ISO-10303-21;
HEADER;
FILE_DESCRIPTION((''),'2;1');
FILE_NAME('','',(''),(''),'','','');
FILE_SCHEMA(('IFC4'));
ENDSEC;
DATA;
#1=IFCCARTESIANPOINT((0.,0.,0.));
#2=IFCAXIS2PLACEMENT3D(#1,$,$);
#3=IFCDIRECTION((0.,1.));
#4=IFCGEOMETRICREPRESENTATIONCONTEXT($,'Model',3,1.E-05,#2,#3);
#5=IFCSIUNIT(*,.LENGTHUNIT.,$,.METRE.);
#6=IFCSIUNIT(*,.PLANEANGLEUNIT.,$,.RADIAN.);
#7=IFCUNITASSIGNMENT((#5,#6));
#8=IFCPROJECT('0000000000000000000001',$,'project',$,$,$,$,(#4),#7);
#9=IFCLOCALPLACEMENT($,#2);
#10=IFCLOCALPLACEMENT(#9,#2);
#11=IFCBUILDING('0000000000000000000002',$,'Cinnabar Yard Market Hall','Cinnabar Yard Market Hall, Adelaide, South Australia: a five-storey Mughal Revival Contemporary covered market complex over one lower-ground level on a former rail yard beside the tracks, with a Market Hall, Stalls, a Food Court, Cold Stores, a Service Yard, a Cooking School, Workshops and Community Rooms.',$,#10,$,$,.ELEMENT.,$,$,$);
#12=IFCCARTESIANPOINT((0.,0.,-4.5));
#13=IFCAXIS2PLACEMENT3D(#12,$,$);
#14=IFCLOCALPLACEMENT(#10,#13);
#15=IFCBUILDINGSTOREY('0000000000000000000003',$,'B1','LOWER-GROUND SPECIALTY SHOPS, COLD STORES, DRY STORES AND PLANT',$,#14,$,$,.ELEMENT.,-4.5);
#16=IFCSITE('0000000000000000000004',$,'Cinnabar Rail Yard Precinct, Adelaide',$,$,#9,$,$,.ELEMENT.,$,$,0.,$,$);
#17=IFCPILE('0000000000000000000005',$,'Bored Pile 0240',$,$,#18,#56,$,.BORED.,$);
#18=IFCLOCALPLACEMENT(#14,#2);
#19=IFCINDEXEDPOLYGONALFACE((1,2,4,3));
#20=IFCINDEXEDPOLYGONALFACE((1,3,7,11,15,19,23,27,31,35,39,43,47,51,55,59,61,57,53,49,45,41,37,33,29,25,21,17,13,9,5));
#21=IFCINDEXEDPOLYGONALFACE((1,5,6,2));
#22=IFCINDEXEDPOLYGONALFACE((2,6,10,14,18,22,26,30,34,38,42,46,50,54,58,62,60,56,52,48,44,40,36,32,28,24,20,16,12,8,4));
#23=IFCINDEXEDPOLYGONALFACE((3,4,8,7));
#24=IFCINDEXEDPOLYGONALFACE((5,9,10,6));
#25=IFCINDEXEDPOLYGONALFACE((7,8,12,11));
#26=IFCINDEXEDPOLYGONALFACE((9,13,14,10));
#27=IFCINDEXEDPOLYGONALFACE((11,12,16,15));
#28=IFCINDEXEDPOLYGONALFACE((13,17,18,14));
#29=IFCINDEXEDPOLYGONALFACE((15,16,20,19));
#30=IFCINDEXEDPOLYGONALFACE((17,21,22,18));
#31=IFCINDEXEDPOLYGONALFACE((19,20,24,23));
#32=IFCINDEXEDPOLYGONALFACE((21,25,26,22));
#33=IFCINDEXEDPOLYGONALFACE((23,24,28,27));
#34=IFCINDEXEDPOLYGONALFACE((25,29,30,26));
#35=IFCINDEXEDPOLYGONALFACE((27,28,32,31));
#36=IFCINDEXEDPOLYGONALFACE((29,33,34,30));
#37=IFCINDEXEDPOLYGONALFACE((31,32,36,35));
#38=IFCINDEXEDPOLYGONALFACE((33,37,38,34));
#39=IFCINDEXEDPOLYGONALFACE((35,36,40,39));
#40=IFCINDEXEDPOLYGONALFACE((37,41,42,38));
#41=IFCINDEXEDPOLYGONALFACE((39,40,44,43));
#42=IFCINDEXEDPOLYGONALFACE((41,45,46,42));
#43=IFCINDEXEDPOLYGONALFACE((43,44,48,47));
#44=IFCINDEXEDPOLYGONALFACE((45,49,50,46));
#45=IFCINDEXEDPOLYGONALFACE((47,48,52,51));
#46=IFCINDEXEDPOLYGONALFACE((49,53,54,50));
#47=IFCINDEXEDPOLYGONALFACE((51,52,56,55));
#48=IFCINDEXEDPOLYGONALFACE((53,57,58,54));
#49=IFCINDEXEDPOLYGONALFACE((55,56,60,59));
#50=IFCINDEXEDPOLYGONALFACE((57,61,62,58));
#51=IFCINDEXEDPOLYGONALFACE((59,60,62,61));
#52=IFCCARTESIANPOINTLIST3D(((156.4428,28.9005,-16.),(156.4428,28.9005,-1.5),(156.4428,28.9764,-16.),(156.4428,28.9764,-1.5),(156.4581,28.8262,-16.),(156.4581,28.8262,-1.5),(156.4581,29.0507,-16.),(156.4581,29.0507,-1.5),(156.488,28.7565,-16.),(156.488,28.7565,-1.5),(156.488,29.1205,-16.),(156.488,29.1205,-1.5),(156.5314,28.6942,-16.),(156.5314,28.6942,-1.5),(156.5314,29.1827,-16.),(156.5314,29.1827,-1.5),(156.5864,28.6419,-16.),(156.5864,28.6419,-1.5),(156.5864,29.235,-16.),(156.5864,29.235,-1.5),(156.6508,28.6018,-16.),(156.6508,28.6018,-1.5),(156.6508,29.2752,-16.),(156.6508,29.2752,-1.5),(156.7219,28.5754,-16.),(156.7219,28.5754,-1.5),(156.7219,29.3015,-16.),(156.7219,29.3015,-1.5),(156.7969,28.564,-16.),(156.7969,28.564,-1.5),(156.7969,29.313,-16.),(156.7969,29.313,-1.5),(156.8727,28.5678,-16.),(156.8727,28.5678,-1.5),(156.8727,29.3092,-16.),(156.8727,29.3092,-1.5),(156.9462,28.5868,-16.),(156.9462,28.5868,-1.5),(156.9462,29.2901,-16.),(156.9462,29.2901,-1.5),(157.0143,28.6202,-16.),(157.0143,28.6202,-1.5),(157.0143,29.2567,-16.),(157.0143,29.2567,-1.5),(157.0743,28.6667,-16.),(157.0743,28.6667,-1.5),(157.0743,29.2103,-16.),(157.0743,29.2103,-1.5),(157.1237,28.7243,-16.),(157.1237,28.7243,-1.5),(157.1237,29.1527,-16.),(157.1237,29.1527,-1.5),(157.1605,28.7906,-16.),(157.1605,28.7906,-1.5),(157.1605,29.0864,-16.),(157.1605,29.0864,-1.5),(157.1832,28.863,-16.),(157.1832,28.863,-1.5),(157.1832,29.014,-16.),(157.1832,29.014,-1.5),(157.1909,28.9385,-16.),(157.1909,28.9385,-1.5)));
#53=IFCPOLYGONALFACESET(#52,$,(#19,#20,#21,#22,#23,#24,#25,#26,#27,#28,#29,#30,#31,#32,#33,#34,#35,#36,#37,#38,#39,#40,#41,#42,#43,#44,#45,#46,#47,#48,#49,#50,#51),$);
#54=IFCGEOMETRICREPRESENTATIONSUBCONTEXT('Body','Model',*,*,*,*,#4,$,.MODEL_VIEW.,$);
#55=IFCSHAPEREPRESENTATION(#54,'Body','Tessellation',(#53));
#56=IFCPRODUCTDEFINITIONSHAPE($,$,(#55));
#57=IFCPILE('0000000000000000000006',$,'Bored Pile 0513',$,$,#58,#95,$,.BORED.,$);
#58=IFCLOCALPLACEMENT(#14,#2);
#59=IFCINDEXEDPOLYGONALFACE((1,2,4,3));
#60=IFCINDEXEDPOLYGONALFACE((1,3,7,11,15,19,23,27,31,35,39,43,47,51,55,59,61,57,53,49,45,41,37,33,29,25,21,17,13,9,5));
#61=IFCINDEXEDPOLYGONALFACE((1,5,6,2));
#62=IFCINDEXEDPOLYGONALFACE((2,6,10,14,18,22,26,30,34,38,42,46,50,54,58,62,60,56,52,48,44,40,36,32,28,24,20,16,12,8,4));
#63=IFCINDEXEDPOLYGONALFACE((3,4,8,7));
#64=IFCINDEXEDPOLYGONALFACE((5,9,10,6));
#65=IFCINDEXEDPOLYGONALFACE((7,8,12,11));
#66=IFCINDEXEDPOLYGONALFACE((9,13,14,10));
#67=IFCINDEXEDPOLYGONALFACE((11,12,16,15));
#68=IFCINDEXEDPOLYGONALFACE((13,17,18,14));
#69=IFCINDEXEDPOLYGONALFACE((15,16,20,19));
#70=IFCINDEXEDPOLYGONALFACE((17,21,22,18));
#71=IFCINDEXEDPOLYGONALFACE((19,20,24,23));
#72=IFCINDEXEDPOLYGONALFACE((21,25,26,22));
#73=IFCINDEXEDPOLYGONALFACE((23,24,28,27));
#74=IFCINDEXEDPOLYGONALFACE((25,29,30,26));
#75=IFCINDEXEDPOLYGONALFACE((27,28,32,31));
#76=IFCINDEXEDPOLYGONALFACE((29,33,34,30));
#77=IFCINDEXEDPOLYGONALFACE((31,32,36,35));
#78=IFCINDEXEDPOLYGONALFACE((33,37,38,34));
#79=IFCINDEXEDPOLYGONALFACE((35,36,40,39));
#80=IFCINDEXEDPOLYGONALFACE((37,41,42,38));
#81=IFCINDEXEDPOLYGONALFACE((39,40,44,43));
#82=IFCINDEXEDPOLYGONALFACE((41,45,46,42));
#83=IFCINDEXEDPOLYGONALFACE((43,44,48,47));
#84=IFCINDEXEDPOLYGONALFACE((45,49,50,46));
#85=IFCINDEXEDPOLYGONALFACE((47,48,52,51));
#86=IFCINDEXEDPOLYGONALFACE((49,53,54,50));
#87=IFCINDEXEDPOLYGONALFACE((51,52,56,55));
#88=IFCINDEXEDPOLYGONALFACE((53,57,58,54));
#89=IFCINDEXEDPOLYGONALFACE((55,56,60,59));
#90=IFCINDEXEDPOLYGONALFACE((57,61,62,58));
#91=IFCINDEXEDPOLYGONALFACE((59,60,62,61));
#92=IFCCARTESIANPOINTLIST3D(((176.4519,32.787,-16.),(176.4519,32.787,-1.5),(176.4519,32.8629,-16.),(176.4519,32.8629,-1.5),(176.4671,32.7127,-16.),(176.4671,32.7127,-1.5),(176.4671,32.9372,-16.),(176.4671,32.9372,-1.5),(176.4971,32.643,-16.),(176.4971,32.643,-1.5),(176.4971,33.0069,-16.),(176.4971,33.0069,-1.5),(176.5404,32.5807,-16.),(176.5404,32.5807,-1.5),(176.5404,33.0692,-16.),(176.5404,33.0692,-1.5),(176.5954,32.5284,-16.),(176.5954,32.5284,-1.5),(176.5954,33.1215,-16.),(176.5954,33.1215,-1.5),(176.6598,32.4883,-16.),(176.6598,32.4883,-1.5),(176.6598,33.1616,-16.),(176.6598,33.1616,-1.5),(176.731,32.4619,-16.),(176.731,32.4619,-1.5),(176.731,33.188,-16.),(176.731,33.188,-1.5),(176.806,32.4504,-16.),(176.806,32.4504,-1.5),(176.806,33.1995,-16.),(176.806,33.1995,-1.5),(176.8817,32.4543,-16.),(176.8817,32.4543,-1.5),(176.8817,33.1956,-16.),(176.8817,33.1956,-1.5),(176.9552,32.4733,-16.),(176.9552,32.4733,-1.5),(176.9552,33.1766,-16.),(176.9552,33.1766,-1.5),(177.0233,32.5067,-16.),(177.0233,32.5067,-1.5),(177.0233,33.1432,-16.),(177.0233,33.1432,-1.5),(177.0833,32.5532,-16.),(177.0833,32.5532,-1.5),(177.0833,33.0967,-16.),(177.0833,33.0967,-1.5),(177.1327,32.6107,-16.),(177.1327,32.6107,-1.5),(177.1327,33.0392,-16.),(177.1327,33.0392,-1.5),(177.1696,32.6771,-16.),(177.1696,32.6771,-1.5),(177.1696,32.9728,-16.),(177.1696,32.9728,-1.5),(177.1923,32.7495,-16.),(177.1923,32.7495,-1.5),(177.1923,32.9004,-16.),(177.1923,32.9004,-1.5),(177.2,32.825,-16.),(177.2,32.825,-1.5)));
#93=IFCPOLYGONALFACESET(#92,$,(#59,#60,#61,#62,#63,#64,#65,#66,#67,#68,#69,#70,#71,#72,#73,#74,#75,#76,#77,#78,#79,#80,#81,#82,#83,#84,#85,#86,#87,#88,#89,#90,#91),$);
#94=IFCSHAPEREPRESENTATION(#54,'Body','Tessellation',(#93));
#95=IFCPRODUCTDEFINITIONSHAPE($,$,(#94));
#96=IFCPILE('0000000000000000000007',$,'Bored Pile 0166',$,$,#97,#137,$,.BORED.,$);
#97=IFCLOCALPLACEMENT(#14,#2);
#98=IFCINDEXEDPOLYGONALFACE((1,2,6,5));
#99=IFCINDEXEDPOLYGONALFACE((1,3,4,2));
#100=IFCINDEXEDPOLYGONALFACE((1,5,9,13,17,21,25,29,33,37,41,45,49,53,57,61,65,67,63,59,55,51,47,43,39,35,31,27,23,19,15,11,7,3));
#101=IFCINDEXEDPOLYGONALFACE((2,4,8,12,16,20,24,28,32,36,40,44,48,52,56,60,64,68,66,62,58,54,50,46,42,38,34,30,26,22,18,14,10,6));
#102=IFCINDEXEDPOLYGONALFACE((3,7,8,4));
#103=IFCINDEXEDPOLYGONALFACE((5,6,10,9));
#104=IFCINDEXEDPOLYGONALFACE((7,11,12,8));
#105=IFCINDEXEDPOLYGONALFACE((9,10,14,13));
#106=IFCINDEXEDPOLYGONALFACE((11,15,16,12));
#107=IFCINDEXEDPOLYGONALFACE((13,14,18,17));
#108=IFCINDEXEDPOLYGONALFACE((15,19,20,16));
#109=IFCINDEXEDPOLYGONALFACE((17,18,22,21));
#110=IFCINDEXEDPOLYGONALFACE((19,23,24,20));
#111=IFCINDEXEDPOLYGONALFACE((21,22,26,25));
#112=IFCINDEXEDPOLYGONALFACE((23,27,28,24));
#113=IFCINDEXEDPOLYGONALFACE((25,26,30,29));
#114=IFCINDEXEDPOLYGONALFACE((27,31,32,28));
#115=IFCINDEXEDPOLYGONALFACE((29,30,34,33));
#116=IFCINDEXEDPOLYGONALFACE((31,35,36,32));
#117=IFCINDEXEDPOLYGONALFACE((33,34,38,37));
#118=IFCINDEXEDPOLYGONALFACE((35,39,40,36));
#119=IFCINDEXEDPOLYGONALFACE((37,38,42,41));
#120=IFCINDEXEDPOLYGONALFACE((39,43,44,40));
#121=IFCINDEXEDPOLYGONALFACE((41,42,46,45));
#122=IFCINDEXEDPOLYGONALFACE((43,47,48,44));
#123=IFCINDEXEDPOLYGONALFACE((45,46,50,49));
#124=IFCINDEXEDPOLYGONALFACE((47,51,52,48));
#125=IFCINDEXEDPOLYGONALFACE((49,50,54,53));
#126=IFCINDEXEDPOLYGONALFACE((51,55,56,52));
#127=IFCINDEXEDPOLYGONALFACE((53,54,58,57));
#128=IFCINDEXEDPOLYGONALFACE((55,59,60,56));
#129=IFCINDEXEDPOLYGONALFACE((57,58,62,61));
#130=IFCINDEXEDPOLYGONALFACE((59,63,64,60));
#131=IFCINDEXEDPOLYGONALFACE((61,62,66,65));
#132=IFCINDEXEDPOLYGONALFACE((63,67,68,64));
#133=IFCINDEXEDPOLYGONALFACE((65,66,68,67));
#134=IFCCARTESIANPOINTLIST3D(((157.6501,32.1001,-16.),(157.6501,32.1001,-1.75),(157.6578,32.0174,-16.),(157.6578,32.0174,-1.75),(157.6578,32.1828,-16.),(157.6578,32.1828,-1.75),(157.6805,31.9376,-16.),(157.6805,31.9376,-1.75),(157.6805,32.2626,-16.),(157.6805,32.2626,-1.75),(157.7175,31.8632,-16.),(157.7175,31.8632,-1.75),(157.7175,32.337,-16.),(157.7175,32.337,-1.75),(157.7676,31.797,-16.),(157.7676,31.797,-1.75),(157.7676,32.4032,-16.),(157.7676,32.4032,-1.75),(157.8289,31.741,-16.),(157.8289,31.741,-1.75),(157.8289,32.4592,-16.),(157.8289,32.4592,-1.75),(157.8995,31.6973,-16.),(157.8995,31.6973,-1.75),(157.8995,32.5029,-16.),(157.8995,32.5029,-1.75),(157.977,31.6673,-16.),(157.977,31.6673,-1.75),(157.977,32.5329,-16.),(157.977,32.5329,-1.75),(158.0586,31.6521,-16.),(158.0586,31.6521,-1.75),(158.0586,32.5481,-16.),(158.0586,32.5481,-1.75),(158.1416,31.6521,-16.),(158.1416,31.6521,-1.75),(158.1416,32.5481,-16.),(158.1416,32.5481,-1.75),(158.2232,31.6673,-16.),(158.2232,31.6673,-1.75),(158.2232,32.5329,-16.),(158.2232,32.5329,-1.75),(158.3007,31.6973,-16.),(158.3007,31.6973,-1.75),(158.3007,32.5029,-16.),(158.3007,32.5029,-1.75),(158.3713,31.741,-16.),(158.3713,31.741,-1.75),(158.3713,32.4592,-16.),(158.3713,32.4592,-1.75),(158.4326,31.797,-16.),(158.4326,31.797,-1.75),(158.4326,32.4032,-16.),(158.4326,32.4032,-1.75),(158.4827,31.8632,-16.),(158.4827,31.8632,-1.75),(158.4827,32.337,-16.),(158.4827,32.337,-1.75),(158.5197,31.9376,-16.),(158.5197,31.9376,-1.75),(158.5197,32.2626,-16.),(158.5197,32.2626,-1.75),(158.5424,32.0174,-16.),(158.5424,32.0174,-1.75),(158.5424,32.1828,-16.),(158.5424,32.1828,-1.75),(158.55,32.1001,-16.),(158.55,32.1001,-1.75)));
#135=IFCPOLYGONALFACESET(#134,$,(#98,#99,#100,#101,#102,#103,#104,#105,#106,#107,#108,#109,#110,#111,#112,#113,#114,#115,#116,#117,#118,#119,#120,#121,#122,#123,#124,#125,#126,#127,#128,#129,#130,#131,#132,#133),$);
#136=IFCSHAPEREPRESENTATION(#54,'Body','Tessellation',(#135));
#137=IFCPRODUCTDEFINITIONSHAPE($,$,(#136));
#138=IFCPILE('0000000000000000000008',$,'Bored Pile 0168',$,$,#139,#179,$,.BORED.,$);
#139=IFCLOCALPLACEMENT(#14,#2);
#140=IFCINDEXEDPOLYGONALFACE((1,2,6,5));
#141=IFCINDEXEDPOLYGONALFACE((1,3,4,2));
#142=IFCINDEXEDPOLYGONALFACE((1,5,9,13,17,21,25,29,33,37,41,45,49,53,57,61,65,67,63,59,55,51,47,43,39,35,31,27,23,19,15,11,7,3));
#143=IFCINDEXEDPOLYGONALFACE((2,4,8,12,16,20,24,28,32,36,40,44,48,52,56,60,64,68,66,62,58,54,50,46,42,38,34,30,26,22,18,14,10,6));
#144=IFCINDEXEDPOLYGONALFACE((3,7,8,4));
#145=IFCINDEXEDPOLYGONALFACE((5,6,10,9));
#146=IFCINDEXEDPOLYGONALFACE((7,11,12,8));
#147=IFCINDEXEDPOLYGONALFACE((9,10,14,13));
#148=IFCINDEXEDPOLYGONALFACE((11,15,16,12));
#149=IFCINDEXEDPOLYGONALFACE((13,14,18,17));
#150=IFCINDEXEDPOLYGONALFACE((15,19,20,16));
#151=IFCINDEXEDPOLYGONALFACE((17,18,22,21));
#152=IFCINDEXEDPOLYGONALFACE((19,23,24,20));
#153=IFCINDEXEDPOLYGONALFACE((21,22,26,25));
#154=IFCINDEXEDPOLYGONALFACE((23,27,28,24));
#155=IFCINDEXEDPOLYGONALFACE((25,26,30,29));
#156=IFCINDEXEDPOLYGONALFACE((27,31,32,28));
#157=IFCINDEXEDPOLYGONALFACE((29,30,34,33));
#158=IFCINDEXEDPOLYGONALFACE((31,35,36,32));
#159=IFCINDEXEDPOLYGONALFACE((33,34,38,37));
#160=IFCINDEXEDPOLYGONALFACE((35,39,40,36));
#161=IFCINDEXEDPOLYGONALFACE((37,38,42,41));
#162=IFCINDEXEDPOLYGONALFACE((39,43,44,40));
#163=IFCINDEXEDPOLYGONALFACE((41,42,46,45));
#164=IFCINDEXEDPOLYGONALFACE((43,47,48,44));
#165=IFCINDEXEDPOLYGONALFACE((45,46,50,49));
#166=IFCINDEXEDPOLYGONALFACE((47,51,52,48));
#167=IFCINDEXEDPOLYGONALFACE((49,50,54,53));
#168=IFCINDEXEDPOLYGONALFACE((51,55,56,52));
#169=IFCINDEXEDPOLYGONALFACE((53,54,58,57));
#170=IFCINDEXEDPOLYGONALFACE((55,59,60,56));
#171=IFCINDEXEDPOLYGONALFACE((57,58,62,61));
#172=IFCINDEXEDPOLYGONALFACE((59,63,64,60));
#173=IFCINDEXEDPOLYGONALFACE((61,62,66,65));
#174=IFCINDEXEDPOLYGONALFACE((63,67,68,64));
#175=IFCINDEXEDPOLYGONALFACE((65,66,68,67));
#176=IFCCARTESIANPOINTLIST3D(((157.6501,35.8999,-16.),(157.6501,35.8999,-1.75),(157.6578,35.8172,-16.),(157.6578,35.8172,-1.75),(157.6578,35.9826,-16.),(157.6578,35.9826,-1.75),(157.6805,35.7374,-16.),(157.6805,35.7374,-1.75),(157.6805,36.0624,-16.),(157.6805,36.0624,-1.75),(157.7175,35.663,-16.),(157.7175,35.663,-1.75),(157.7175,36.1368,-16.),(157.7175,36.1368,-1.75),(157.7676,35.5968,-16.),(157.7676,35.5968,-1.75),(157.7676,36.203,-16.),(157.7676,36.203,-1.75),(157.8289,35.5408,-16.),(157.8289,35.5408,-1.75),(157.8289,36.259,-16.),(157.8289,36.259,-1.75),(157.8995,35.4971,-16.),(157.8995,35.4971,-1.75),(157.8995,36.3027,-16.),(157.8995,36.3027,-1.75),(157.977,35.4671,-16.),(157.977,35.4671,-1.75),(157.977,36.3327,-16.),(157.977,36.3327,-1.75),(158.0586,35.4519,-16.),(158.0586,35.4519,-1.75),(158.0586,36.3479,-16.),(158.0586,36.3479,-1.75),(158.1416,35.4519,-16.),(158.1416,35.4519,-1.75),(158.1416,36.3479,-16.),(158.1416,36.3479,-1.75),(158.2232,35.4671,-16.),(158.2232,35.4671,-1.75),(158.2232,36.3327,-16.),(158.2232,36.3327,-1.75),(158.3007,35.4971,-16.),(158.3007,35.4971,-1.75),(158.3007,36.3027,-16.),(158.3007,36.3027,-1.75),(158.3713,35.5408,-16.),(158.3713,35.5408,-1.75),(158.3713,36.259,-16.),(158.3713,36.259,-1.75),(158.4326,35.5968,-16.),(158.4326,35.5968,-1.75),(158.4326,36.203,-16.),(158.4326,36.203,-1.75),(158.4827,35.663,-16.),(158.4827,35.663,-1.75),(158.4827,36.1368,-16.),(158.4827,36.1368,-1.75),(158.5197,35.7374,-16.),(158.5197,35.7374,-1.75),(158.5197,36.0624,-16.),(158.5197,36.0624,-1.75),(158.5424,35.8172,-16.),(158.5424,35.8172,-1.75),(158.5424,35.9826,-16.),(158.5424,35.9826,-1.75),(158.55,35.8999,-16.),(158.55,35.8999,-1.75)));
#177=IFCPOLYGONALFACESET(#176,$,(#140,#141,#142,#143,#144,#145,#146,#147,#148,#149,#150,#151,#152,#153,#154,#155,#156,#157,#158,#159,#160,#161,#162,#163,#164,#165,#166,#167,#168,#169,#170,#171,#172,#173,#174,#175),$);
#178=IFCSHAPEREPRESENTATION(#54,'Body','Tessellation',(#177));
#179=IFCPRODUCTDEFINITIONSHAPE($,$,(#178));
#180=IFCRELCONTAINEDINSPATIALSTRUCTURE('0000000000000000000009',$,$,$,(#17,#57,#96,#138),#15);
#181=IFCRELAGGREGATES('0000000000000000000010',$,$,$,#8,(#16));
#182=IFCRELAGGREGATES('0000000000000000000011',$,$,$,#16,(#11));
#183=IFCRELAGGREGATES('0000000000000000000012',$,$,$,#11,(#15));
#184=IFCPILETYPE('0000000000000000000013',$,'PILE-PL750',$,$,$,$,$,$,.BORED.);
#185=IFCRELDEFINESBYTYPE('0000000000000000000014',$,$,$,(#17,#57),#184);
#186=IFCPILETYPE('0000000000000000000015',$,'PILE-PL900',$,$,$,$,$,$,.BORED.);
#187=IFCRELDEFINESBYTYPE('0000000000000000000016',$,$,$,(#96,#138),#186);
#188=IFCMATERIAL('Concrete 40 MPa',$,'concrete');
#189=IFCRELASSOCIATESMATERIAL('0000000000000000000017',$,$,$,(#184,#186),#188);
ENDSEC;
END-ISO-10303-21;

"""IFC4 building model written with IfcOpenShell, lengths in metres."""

from ifc_helpers import new_model, si_unit, direction, frame, origin, origin_2d_with_axis, place, context, subcontext, project, spatial, circle, extrude, material, material_profile, profile_set, type_object, element, save


model = new_model("IFC4")

# Units and contexts
model_context = context("Model", 3, precision=1e-05, world=origin(), true_north=direction((0.0, 1.0)))
body_context = subcontext(model_context, "Body", "Model", "MODEL_VIEW")
ifc_project = project(units=[si_unit("LENGTHUNIT", "METRE"), si_unit("PLANEANGLEUNIT", "RADIAN")], contexts=[model_context])

# Site, building, storey
site_placement = place(None, origin())
site = spatial("IfcSite", under=ifc_project, at=site_placement, Name="Cinnabar Rail Yard Precinct, Adelaide", CompositionType="ELEMENT", RefElevation=0.0)
building_placement = place(site_placement, origin())
building = spatial("IfcBuilding", under=site, at=building_placement, Name="Cinnabar Yard Market Hall", Description="Cinnabar Yard Market Hall, Adelaide, South Australia: a five-storey Mughal Revival Contemporary covered market complex over one lower-ground level on a former rail yard beside the tracks, with a Market Hall, Stalls, a Food Court, Cold Stores, a Service Yard, a Cooking School, Workshops and Community Rooms.", CompositionType="ELEMENT")
storey_placement = place(building_placement, frame((0.0, 0.0, -4.5)))
storey = spatial("IfcBuildingStorey", under=building, at=storey_placement, Name="B1", Description="LOWER-GROUND SPECIALTY SHOPS, COLD STORES, DRY STORES AND PLANT", CompositionType="ELEMENT", Elevation=-4.5)

# Shared definitions
ifc_material_1 = material(Name="Concrete 40 MPa", Category="concrete")

# Piles
ifc_material_profile_1 = material_profile(ifc_material_1, circle(Radius=0.375, at=origin_2d_with_axis()), Name="PILE-D750")
ifc_profile_set_1 = profile_set([ifc_material_profile_1], Name="Concrete 40 MPa")
pile_type_1 = type_object("IfcPileType", Name="PILE-PL750", PredefinedType="BORED", material=ifc_profile_set_1)
for number, where, z_axis, x_axis, name in (
    (1, (156.8159, 28.9385, -1.5), (0.0, 0.0, -1.0), (1.0, 0.0, 0.0), "Bored Pile 0240"),
    (2, (176.825, 32.825, -1.5), (0.0, 0.0, -1.0), (1.0, 0.0, 0.0), "Bored Pile 0513"),
):
    element("IfcPile", number, at=place(storey_placement, frame(where, z_axis=z_axis, x_axis=x_axis)), inside=storey, type_object=pile_type_1, Name=name, PredefinedType="BORED", context=body_context, shape_type="SweptSolid", body=[
        extrude(circle(Radius=0.375, at=origin_2d_with_axis()), origin(), (0.0, 0.0, 1.0), 14.5),
    ])
ifc_material_profile_2 = material_profile(ifc_material_1, circle(Radius=0.45, at=origin_2d_with_axis()), Name="PILE-D900")
ifc_profile_set_2 = profile_set([ifc_material_profile_2], Name="Concrete 40 MPa")
pile_type_2 = type_object("IfcPileType", Name="PILE-PL900", PredefinedType="BORED", material=ifc_profile_set_2)
for number, where, z_axis, x_axis, name in (
    (3, (158.1001, 32.1001, -1.75), (0.0, 0.0, -1.0), (1.0, 0.0, 0.0), "Bored Pile 0166"),
    (4, (158.1001, 35.8999, -1.75), (0.0, 0.0, -1.0), (1.0, 0.0, 0.0), "Bored Pile 0168"),
):
    element("IfcPile", number, at=place(storey_placement, frame(where, z_axis=z_axis, x_axis=x_axis)), inside=storey, type_object=pile_type_2, Name=name, PredefinedType="BORED", context=body_context, shape_type="SweptSolid", body=[
        extrude(circle(Radius=0.45, at=origin_2d_with_axis()), origin(), (0.0, 0.0, 1.0), 14.25),
    ])

save(model, "model.ifc")
